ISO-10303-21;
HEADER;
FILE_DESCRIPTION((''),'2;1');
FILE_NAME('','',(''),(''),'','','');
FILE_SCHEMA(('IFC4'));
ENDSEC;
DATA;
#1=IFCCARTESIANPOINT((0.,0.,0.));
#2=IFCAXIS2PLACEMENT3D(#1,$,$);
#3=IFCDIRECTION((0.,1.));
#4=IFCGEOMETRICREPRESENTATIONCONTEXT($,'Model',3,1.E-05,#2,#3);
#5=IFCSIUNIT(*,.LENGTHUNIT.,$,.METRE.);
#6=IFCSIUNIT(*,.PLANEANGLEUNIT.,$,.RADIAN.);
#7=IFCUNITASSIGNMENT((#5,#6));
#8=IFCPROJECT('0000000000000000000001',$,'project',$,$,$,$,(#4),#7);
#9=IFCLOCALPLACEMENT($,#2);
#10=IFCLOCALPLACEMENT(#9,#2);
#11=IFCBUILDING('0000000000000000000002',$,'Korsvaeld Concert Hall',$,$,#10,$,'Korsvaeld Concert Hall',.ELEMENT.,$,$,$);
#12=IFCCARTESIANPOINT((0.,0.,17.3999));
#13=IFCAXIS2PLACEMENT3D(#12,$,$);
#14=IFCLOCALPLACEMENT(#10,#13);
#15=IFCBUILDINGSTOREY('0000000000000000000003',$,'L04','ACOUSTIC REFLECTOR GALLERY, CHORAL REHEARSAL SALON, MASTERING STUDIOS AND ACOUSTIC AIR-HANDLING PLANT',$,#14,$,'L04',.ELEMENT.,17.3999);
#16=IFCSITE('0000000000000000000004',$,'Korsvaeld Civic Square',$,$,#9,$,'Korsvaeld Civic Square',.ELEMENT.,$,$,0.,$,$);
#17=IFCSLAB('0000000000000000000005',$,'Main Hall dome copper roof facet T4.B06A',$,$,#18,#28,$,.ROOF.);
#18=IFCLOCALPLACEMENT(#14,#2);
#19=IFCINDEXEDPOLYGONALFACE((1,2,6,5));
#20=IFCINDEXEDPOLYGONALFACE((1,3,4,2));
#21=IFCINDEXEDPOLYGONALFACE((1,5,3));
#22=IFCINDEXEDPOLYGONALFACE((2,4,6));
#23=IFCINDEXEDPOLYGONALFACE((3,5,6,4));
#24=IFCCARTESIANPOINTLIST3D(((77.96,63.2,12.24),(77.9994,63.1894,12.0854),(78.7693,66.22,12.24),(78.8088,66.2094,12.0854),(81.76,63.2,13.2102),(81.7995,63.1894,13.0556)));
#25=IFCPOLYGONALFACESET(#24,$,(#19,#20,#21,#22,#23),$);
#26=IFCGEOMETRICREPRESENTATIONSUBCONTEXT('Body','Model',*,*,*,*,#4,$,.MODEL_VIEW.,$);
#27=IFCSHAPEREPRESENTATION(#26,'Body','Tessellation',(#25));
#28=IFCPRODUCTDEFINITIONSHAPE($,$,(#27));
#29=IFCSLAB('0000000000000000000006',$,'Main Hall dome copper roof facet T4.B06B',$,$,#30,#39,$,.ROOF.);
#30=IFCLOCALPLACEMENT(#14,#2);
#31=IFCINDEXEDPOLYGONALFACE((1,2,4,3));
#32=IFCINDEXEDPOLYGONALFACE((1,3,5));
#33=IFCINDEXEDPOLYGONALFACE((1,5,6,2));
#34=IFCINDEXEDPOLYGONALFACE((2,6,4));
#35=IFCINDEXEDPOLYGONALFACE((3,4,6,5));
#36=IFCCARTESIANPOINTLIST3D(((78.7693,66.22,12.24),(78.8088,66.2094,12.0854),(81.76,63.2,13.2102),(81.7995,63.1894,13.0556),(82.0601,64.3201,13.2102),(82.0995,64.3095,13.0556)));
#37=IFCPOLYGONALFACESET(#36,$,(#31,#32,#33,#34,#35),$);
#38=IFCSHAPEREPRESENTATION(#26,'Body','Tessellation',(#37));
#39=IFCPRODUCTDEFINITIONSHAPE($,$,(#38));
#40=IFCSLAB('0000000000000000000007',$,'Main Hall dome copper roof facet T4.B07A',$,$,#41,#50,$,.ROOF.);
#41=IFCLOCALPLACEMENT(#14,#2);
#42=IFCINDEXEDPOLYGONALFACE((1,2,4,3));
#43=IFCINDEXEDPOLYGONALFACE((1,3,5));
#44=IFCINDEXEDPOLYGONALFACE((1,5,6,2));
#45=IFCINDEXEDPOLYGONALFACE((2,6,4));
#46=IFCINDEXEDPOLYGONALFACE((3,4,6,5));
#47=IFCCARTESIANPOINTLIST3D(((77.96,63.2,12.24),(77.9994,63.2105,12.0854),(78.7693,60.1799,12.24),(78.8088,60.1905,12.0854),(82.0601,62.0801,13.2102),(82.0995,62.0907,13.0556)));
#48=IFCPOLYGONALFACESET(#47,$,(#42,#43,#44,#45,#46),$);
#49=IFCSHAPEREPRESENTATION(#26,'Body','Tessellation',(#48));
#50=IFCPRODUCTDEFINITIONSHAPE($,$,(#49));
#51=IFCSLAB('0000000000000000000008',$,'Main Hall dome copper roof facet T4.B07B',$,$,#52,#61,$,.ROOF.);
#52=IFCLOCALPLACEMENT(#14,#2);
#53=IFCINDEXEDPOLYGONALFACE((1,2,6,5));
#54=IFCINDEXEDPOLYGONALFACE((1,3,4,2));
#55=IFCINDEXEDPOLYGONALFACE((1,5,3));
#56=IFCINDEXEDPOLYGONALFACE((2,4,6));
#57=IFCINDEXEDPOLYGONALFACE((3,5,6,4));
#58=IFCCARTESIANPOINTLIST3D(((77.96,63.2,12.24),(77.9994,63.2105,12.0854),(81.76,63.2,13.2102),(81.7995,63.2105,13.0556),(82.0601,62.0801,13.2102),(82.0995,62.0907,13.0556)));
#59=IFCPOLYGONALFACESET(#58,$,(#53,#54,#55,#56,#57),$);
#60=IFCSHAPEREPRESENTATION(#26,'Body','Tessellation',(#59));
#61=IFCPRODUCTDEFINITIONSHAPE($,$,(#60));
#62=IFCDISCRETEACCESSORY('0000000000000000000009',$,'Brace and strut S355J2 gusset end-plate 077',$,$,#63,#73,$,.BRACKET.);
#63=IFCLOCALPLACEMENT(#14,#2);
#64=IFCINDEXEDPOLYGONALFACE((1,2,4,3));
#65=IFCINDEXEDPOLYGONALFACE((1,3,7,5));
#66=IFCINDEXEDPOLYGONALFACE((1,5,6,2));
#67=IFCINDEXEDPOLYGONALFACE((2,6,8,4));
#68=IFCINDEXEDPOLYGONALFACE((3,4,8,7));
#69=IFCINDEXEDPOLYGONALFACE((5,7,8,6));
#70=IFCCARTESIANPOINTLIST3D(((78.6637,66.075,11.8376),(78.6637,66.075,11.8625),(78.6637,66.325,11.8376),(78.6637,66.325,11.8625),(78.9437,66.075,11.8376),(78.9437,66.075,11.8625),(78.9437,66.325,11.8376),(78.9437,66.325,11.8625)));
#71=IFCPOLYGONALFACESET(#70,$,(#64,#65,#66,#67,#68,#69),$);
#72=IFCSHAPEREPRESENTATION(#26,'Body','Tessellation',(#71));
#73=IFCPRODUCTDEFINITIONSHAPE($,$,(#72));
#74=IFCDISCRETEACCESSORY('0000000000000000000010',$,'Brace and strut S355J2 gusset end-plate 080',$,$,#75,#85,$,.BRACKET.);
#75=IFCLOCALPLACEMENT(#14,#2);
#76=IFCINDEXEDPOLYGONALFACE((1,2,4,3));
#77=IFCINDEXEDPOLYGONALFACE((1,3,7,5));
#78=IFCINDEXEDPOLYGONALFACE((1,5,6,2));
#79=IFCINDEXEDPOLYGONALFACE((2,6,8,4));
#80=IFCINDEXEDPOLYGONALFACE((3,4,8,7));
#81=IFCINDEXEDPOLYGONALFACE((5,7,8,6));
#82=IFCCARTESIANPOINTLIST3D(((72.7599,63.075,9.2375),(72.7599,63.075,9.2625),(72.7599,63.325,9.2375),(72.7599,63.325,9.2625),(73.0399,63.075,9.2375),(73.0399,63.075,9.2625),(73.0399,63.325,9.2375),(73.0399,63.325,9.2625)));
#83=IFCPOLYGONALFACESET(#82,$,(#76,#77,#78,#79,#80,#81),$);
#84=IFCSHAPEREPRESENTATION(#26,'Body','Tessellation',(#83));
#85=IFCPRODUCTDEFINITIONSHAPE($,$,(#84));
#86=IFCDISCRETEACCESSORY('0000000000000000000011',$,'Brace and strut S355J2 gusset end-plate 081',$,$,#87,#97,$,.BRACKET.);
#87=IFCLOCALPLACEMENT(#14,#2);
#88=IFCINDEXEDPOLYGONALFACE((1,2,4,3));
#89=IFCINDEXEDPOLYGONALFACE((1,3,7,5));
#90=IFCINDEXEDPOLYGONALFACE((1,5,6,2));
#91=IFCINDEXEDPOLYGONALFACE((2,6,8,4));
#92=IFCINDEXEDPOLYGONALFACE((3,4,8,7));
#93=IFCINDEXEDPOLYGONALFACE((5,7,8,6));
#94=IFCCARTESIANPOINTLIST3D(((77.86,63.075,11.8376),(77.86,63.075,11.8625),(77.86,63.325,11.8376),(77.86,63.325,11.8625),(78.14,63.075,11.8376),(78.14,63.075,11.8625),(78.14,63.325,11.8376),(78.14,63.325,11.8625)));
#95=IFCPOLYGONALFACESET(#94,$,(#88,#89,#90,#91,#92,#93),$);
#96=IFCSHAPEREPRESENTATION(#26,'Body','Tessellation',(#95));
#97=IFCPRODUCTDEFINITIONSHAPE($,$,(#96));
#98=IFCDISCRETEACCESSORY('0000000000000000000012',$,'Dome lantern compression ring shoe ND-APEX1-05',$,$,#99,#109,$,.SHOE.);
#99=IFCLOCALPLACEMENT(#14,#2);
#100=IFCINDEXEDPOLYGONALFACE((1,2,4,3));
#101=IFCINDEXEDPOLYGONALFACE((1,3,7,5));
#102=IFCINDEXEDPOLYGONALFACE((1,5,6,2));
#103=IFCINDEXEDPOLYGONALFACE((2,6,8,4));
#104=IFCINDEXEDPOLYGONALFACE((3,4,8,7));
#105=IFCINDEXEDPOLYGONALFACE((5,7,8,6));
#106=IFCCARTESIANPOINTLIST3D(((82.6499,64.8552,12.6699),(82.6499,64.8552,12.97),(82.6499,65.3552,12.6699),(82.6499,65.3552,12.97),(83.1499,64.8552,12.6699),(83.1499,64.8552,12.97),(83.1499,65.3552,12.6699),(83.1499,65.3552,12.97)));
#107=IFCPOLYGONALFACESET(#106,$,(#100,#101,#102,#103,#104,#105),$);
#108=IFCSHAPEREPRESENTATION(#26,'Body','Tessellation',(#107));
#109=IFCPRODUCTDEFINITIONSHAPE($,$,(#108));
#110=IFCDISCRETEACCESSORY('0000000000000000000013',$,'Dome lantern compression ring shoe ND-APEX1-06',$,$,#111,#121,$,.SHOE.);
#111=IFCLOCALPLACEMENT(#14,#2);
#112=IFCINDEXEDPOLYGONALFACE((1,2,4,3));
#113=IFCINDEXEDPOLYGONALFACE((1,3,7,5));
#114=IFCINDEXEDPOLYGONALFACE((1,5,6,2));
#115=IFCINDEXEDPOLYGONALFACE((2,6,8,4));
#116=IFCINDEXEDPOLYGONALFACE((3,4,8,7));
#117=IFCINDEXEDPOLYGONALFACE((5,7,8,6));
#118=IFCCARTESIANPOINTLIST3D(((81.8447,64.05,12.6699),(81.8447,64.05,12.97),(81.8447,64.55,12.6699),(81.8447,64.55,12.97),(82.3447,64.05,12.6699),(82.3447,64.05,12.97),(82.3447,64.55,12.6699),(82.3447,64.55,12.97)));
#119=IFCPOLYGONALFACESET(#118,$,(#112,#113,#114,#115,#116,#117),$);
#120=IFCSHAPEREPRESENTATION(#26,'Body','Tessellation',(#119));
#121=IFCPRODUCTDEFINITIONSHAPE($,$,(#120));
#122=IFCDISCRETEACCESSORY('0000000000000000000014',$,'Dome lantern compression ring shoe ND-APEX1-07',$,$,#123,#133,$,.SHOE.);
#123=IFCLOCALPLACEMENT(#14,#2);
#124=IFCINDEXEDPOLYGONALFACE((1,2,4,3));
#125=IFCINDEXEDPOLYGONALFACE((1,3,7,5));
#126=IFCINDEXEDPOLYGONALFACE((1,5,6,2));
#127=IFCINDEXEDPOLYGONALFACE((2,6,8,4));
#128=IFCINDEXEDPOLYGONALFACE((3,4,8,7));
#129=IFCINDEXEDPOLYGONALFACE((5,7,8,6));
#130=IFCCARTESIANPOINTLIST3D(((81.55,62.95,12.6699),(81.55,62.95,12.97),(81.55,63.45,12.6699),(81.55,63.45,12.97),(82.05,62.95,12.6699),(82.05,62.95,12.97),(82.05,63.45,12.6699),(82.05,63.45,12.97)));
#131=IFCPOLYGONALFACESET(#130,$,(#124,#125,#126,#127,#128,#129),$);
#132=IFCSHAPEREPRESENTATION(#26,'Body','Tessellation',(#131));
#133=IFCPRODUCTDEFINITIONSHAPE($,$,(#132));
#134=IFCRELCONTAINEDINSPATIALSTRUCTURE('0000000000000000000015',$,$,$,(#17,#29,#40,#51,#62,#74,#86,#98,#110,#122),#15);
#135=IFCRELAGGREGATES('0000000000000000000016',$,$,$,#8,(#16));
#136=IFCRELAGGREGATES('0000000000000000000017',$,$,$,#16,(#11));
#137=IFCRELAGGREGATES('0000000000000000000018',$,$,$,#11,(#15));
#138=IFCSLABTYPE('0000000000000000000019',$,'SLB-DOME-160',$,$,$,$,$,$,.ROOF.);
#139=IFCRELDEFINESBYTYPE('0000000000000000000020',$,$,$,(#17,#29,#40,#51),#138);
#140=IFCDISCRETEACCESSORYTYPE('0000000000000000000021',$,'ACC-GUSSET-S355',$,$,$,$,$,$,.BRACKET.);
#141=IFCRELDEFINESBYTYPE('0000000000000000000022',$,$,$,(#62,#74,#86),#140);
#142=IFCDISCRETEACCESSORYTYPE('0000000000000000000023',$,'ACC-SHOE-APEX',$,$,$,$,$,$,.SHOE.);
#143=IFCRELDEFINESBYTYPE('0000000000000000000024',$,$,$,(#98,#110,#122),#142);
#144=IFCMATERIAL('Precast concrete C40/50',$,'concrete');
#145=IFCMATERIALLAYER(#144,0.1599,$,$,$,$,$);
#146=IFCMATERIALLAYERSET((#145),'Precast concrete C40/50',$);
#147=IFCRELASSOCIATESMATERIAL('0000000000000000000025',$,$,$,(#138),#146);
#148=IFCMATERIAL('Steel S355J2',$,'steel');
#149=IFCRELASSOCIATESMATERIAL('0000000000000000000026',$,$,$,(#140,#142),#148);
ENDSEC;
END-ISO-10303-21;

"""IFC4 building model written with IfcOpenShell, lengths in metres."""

from ifc_helpers import new_model, si_unit, direction, frame, origin, origin_2d, place, context, subcontext, project, spatial, polyline, rectangle, outline, extrude, material, layer, layer_set, type_object, element, save


model = new_model("IFC4")

# Units and contexts
model_context = context("Model", 3, precision=1e-05, world=origin(), true_north=direction((0.0, 1.0)))
body_context = subcontext(model_context, "Body", "Model", "MODEL_VIEW")
ifc_project = project(units=[si_unit("LENGTHUNIT", "METRE"), si_unit("PLANEANGLEUNIT", "RADIAN")], contexts=[model_context])

# Site, building, storey
site_placement = place(None, origin())
site = spatial("IfcSite", under=ifc_project, at=site_placement, Name="Korsvaeld Civic Square", LongName="Korsvaeld Civic Square", CompositionType="ELEMENT", RefElevation=0.0)
building_placement = place(site_placement, origin())
building = spatial("IfcBuilding", under=site, at=building_placement, Name="Korsvaeld Concert Hall", LongName="Korsvaeld Concert Hall", CompositionType="ELEMENT")
storey_placement = place(building_placement, frame((0.0, 0.0, 17.3999)))
storey = spatial("IfcBuildingStorey", under=building, at=storey_placement, Name="L04", Description="ACOUSTIC REFLECTOR GALLERY, CHORAL REHEARSAL SALON, MASTERING STUDIOS AND ACOUSTIC AIR-HANDLING PLANT", LongName="L04", CompositionType="ELEMENT", Elevation=17.3999)

# Shared definitions
ifc_material_1 = material(Name="Steel S355J2", Category="steel")

# Slabs
ifc_material_2 = material(Name="Precast concrete C40/50", Category="concrete")
ifc_layer = layer(ifc_material_2, 0.1599)
ifc_layer_set = layer_set([ifc_layer], Name="Precast concrete C40/50")
slab_type = type_object("IfcSlabType", Name="SLB-DOME-160", PredefinedType="ROOF", material=ifc_layer_set)
slab_1_placement = place(storey_placement, frame((78.7693, 66.22, 12.24), z_axis=(-0.246839, 0.06615, 0.966796), x_axis=(-0.258853, -0.965917, 0.0)))
element("IfcSlab", 1, at=slab_1_placement, inside=storey, type_object=slab_type, Name="Main Hall dome copper roof facet T4.B06A", PredefinedType="ROOF", context=body_context, shape_type="SweptSolid", body=[
    extrude(outline(polyline([(0.0, 0.0), (3.1266, 0.0), (2.1429, 3.7966), (0.0, 0.0)])), origin(), (0.0, 0.0, -1.0), 0.1599),
])
slab_2_placement = place(storey_placement, frame((78.7693, 66.22, 12.24), z_axis=(-0.24686, 0.066127, 0.966792), x_axis=(0.686006, -0.692726, 0.222546)))
element("IfcSlab", 2, at=slab_2_placement, inside=storey, type_object=slab_type, Name="Main Hall dome copper roof facet T4.B06B", PredefinedType="ROOF", context=body_context, shape_type="SweptSolid", body=[
    extrude(outline(polyline([(0.0, 0.0), (4.3596, 0.0), (3.7895, 1.0098), (0.0, 0.0)])), origin(), (0.0, 0.0, -1.0), 0.1599),
])
slab_3_placement = place(storey_placement, frame((77.96, 63.2, 12.24), z_axis=(-0.246843, -0.066151, 0.966795), x_axis=(0.258853, -0.965917, 0.0)))
element("IfcSlab", 3, at=slab_3_placement, inside=storey, type_object=slab_type, Name="Main Hall dome copper roof facet T4.B07A", PredefinedType="ROOF", context=body_context, shape_type="SweptSolid", body=[
    extrude(outline(polyline([(0.0, 0.0), (3.1266, 0.0), (2.143, 3.7965), (0.0, 0.0)])), origin(), (0.0, 0.0, -1.0), 0.1599),
])
slab_4_placement = place(storey_placement, frame((77.96, 63.2, 12.24), z_axis=(-0.246839, -0.066136, 0.966797), x_axis=(0.940473, -0.256874, 0.222546)))
element("IfcSlab", 4, at=slab_4_placement, inside=storey, type_object=slab_type, Name="Main Hall dome copper roof facet T4.B07B", PredefinedType="ROOF", context=body_context, shape_type="SweptSolid", body=[
    extrude(outline(polyline([(0.0, 0.0), (4.3596, 0.0), (3.7898, 1.0097), (0.0, 0.0)])), origin(), (0.0, 0.0, -1.0), 0.1599),
])

# Discrete accessories
discrete_accessory_type_1 = type_object("IfcDiscreteAccessoryType", Name="ACC-GUSSET-S355", PredefinedType="BRACKET", material=ifc_material_1)
for number, where, z_axis, x_axis, name in (
    (5, (78.8037, 66.2, 11.8376), (0.0, 0.0, 1.0), (1.0, 0.0, 0.0), "Brace and strut S355J2 gusset end-plate 077"),
    (6, (72.8999, 63.2, 9.2375), (0.0, 0.0, 1.0), (1.0, 0.0, 0.0), "Brace and strut S355J2 gusset end-plate 080"),
    (7, (78.0, 63.2, 11.8376), (0.0, 0.0, 1.0), (1.0, 0.0, 0.0), "Brace and strut S355J2 gusset end-plate 081"),
):
    element("IfcDiscreteAccessory", number, at=place(storey_placement, frame(where, z_axis=z_axis, x_axis=x_axis)), inside=storey, type_object=discrete_accessory_type_1, Name=name, PredefinedType="BRACKET", context=body_context, shape_type="SweptSolid", body=[
        extrude(rectangle(XDim=0.28, YDim=0.25, at=origin_2d()), origin(), (0.0, 0.0, 1.0), 0.0249),
    ])
discrete_accessory_type_2 = type_object("IfcDiscreteAccessoryType", Name="ACC-SHOE-APEX", PredefinedType="SHOE", material=ifc_material_1)
for number, where, z_axis, x_axis, name in (
    (8, (82.8999, 65.1052, 12.6699), (0.0, 0.0, 1.0), (1.0, 0.0, 0.0), "Dome lantern compression ring shoe ND-APEX1-05"),
    (9, (82.0947, 64.3, 12.6699), (0.0, 0.0, 1.0), (1.0, 0.0, 0.0), "Dome lantern compression ring shoe ND-APEX1-06"),
    (10, (81.8, 63.2, 12.6699), (0.0, 0.0, 1.0), (1.0, 0.0, 0.0), "Dome lantern compression ring shoe ND-APEX1-07"),
):
    element("IfcDiscreteAccessory", number, at=place(storey_placement, frame(where, z_axis=z_axis, x_axis=x_axis)), inside=storey, type_object=discrete_accessory_type_2, Name=name, PredefinedType="SHOE", context=body_context, shape_type="SweptSolid", body=[
        extrude(rectangle(XDim=0.5, YDim=0.5, at=origin_2d()), origin(), (0.0, 0.0, 1.0), 0.3),
    ])

save(model, "model.ifc")
